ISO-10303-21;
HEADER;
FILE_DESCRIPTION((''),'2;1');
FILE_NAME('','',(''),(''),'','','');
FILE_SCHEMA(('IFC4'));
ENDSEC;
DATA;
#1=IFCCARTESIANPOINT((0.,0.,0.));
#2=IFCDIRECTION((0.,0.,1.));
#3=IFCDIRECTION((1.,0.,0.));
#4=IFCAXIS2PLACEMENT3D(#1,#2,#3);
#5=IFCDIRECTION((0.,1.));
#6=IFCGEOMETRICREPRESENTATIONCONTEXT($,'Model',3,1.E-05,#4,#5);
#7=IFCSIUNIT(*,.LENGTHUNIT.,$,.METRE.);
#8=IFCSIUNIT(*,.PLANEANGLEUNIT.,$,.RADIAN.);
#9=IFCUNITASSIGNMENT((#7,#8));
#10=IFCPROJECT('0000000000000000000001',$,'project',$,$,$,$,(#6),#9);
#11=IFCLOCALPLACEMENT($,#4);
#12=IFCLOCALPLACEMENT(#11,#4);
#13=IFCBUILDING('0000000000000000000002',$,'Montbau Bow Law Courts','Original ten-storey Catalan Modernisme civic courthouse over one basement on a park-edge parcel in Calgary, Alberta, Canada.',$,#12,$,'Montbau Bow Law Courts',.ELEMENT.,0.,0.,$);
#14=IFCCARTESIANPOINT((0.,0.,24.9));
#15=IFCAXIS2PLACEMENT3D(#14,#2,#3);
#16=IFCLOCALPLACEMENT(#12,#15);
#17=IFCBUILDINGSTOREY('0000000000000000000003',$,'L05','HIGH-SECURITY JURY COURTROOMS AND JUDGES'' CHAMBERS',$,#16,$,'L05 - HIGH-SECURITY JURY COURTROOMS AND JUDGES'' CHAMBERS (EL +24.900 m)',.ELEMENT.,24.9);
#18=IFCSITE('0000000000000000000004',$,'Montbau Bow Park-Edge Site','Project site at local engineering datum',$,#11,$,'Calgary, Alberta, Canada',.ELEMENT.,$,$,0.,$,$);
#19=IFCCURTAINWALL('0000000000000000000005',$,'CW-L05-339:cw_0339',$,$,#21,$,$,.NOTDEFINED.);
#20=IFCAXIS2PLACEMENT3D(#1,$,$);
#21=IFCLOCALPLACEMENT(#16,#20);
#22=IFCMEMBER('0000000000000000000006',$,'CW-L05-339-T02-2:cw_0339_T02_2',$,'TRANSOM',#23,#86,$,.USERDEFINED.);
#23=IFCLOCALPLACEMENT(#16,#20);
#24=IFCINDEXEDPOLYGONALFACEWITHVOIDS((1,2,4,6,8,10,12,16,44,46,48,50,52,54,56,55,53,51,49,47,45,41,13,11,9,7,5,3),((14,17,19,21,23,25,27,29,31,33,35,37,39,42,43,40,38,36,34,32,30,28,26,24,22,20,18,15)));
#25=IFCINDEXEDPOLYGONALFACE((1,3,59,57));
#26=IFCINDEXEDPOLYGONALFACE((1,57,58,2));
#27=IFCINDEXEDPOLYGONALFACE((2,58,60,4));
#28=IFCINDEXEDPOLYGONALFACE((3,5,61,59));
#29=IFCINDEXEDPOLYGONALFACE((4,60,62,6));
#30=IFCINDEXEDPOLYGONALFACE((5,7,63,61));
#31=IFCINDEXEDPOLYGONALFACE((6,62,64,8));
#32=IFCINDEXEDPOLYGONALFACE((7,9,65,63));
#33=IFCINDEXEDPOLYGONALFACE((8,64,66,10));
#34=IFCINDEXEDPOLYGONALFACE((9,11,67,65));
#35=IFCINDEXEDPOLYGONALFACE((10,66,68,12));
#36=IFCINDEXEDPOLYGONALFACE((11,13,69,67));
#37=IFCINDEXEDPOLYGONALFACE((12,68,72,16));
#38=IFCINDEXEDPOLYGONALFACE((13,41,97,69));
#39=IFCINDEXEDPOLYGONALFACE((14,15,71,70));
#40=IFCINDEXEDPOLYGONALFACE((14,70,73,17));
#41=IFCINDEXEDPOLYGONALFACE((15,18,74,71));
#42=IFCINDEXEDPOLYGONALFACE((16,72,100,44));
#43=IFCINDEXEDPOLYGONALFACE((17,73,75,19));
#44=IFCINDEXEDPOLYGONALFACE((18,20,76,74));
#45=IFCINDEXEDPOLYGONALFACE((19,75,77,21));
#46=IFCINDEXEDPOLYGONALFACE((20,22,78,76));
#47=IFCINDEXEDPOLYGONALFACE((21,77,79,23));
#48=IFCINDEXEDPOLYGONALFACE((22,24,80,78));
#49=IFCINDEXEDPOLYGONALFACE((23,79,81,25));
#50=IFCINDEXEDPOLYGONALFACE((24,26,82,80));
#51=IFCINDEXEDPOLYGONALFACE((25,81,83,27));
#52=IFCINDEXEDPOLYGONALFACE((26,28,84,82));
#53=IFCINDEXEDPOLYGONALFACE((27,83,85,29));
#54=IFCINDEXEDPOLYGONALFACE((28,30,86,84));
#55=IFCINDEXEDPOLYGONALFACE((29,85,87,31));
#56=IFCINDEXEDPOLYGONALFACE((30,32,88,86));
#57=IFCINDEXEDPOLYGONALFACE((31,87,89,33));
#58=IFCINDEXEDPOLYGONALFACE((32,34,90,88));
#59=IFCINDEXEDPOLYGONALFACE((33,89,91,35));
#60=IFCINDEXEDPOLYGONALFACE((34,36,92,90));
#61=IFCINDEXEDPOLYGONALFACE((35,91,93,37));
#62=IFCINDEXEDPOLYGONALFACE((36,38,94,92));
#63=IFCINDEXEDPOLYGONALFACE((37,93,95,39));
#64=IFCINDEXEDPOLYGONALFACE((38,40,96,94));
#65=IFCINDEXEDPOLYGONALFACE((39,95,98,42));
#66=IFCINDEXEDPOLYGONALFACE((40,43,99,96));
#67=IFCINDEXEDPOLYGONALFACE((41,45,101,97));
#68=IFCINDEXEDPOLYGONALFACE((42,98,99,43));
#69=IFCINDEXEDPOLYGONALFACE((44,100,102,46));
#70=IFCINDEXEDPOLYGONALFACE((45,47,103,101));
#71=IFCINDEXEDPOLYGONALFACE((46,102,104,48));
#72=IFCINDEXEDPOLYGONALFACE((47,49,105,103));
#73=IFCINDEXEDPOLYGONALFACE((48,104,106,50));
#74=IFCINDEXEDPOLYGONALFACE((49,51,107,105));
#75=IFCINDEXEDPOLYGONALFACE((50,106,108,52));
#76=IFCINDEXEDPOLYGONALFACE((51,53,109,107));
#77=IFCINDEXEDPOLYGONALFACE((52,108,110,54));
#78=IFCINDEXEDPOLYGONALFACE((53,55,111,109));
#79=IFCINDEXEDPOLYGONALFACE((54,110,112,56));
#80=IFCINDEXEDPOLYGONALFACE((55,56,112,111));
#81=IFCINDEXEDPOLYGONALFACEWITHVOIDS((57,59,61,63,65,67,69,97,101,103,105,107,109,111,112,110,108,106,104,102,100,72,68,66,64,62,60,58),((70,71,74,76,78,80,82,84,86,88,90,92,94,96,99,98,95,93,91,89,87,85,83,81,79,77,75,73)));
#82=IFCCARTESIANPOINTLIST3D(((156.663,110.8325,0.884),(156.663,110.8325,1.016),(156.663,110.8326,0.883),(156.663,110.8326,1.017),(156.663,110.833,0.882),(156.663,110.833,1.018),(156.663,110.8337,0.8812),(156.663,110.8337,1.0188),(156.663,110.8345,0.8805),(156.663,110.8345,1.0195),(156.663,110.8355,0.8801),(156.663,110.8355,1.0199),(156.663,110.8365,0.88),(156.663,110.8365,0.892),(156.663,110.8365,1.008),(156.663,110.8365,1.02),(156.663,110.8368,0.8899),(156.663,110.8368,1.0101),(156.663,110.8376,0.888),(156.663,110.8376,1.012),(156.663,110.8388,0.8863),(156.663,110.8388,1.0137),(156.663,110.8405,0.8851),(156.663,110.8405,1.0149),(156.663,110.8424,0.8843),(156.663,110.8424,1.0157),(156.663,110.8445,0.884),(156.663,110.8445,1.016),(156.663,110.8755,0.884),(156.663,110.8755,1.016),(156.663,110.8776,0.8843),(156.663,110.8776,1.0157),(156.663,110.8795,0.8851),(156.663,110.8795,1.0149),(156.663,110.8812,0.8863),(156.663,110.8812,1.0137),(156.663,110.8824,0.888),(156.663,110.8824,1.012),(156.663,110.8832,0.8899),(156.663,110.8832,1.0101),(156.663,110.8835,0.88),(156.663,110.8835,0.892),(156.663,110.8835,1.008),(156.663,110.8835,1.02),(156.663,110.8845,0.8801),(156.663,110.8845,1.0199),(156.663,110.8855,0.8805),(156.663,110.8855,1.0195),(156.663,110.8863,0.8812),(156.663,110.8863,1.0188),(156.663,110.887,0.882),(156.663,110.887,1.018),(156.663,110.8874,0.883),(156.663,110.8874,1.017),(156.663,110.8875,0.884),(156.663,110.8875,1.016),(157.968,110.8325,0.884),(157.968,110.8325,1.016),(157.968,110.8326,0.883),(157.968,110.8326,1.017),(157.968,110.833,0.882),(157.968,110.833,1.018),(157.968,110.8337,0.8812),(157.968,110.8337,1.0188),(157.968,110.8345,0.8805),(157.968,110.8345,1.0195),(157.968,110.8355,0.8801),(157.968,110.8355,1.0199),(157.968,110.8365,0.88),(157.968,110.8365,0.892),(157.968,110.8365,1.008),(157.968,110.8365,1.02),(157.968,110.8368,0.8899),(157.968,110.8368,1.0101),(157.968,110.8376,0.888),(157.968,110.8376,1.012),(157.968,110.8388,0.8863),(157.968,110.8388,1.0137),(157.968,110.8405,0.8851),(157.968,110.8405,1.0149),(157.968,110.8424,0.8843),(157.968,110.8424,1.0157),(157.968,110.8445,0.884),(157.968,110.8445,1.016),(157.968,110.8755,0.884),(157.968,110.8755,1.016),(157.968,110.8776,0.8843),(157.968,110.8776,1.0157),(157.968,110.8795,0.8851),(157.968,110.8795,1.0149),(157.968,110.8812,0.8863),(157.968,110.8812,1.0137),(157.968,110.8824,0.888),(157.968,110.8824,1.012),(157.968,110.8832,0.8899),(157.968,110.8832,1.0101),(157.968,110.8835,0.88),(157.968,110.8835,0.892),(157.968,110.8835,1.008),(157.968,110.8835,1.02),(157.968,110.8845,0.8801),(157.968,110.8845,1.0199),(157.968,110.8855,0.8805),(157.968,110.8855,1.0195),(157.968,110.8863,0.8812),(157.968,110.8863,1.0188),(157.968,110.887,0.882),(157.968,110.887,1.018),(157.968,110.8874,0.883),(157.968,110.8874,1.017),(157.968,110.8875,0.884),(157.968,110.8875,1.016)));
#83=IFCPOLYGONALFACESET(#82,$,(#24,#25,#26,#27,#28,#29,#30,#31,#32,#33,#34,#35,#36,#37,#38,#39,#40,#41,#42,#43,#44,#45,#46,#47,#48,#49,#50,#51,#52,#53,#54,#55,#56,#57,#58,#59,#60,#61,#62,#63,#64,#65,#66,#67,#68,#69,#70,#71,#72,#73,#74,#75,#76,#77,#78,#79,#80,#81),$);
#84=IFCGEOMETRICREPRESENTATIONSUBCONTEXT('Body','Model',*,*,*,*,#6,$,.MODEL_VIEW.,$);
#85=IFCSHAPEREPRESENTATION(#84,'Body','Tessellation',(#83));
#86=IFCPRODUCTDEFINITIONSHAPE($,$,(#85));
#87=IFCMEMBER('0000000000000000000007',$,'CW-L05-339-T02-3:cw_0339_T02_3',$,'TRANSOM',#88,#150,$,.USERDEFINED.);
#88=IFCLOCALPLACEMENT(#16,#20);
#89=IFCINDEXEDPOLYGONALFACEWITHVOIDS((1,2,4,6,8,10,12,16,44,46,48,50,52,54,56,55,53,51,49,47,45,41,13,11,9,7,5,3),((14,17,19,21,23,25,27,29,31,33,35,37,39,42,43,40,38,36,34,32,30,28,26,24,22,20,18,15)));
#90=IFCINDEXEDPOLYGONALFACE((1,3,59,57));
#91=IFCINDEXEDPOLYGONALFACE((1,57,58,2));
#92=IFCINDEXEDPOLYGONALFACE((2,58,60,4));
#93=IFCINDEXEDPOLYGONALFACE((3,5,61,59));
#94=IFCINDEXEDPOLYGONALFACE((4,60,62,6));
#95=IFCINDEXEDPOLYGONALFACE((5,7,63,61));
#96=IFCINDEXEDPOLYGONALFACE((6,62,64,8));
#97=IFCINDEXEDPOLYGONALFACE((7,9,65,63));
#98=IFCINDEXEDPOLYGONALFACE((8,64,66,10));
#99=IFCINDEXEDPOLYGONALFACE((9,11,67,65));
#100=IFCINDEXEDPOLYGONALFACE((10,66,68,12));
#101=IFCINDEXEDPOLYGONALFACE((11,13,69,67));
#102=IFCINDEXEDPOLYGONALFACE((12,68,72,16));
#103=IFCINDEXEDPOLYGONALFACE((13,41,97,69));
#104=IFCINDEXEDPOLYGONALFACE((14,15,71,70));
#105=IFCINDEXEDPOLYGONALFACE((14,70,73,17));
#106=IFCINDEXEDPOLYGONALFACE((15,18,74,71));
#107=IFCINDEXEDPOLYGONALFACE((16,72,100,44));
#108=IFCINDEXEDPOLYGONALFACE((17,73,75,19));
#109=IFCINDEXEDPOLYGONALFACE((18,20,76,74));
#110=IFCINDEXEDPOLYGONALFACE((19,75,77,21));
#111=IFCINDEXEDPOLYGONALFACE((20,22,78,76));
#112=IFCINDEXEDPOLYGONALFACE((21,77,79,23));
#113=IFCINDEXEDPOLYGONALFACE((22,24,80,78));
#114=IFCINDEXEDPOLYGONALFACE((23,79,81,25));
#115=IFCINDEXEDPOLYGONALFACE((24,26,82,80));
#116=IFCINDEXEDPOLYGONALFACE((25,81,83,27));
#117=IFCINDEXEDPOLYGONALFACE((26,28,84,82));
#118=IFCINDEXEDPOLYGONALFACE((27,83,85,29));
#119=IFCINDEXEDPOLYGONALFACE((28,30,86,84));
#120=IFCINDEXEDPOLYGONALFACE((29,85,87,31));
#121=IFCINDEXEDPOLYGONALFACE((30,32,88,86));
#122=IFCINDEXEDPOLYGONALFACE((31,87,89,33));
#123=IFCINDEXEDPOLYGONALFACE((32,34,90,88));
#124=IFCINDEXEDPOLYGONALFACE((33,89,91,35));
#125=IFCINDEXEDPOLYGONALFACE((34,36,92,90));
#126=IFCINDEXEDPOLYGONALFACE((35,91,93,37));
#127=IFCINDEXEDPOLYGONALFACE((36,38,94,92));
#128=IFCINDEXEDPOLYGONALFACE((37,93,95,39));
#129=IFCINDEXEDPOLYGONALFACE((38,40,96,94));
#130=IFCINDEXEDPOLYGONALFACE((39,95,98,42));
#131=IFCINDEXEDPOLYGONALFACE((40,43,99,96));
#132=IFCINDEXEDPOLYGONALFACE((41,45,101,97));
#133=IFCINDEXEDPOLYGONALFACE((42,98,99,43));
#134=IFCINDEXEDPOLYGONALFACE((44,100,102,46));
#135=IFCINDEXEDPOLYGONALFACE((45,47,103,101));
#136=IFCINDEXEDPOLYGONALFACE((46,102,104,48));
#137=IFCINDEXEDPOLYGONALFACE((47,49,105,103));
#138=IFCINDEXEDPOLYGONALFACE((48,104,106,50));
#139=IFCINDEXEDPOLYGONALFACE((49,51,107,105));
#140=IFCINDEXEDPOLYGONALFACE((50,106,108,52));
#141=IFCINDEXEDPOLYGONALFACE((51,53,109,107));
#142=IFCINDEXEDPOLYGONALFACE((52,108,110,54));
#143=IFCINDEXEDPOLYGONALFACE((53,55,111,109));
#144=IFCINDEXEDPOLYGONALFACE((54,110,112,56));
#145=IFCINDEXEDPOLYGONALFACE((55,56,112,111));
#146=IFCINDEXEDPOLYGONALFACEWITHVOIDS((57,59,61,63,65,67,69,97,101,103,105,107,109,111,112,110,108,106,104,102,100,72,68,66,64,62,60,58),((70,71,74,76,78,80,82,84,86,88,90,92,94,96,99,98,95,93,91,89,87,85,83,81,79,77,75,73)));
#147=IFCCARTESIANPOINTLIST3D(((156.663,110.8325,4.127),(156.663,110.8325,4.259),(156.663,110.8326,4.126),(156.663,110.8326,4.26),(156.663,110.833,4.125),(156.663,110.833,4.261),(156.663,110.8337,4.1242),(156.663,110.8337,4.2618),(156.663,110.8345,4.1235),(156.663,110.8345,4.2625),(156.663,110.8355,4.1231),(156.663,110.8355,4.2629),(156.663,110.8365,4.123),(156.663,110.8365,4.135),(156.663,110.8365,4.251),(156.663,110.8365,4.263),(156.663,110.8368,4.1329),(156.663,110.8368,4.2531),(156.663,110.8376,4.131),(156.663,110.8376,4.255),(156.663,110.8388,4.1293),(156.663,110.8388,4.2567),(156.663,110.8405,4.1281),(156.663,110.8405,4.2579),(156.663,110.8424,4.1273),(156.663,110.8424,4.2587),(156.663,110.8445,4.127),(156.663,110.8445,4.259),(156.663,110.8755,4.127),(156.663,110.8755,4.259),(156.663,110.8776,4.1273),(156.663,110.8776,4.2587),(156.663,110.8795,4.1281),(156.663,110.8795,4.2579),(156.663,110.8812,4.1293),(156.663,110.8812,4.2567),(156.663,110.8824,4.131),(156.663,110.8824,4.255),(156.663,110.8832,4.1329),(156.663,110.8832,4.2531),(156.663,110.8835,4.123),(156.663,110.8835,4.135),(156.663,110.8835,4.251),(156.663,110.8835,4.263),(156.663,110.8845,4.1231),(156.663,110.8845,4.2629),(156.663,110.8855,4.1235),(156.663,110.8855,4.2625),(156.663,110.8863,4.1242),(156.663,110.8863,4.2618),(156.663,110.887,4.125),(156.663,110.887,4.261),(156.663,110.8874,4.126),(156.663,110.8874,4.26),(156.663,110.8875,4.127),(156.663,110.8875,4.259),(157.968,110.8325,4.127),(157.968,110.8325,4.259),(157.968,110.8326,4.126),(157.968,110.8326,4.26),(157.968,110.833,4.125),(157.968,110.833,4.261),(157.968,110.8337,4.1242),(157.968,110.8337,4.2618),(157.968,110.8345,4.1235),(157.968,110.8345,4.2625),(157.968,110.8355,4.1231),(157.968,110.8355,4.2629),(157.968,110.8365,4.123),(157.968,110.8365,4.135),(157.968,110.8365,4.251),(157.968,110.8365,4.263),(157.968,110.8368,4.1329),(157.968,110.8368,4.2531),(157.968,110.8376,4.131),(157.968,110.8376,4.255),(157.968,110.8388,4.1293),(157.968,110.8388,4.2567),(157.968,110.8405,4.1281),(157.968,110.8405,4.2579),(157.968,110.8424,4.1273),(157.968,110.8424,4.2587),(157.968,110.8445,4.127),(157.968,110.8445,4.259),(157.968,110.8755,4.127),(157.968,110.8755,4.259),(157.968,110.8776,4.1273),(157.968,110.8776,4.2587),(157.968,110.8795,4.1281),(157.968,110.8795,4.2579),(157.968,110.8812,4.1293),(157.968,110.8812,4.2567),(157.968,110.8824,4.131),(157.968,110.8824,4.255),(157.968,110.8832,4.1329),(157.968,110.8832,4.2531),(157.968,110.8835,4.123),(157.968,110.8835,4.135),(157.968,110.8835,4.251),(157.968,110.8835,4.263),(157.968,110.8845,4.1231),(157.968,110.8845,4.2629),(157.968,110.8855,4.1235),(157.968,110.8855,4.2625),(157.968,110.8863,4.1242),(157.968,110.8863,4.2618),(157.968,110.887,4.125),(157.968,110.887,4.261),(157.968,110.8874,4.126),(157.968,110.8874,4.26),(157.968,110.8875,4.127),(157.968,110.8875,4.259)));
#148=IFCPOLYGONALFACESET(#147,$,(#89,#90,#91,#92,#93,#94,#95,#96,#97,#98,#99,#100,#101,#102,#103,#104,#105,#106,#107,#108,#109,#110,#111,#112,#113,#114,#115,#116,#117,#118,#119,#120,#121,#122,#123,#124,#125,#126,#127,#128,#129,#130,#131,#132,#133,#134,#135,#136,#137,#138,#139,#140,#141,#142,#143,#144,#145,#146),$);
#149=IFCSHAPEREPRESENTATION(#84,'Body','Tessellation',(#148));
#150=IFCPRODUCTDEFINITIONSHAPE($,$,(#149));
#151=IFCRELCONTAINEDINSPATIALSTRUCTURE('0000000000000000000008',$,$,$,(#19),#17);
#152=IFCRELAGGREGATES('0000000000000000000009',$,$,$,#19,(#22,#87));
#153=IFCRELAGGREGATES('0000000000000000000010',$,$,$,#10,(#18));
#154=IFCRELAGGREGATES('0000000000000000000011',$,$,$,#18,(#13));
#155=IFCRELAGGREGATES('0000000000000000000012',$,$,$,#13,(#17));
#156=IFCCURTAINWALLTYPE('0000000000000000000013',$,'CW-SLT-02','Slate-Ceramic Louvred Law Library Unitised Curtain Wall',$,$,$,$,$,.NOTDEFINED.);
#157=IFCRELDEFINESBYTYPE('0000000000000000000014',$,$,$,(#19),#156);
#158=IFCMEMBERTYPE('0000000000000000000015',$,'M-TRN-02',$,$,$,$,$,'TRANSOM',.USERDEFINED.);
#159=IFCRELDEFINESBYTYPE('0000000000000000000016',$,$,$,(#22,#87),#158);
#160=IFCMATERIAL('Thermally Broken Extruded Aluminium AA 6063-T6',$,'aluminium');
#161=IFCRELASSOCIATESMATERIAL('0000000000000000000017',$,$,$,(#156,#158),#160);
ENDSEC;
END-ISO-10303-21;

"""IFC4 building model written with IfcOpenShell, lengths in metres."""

from ifc_helpers import new_model, si_unit, direction, frame, origin_with_axes, origin_2d_with_axis, place, context, subcontext, project, spatial, hollow_rectangle, extrude, material, material_profile, profile_set, type_object, element, aggregate, save


model = new_model("IFC4")

# Units and contexts
model_context = context("Model", 3, precision=1e-05, world=origin_with_axes(), true_north=direction((0.0, 1.0)))
body_context = subcontext(model_context, "Body", "Model", "MODEL_VIEW")
ifc_project = project(units=[si_unit("LENGTHUNIT", "METRE"), si_unit("PLANEANGLEUNIT", "RADIAN")], contexts=[model_context])

# Site, building, storey
site_placement = place(None, origin_with_axes())
site = spatial("IfcSite", under=ifc_project, at=site_placement, Name="Montbau Bow Park-Edge Site", Description="Project site at local engineering datum", LongName="Calgary, Alberta, Canada", CompositionType="ELEMENT", RefElevation=0.0)
building_placement = place(site_placement, origin_with_axes())
building = spatial("IfcBuilding", under=site, at=building_placement, Name="Montbau Bow Law Courts", Description="Original ten-storey Catalan Modernisme civic courthouse over one basement on a park-edge parcel in Calgary, Alberta, Canada.", LongName="Montbau Bow Law Courts", CompositionType="ELEMENT", ElevationOfRefHeight=0.0, ElevationOfTerrain=0.0)
storey_placement = place(building_placement, frame((0.0, 0.0, 24.9), z_axis=(0.0, 0.0, 1.0), x_axis=(1.0, 0.0, 0.0)))
storey = spatial("IfcBuildingStorey", under=building, at=storey_placement, Name="L05", Description="HIGH-SECURITY JURY COURTROOMS AND JUDGES' CHAMBERS", LongName="L05 - HIGH-SECURITY JURY COURTROOMS AND JUDGES' CHAMBERS (EL +24.900 m)", CompositionType="ELEMENT", Elevation=24.9)

# Curtain wall, members
ifc_material_1 = material(Name="Thermally Broken Extruded Aluminium AA 6063-T6", Category="aluminium")
curtain_wall_type = type_object("IfcCurtainWallType", Name="CW-SLT-02", Description="Slate-Ceramic Louvred Law Library Unitised Curtain Wall", PredefinedType="NOTDEFINED", material=ifc_material_1)
curtain_wall_placement = place(None, frame((155.24, 110.86, 24.9), z_axis=(0.0, 0.0, 1.0), x_axis=(1.0, 0.0, 0.0)))
curtain_wall = element("IfcCurtainWall", 1, at=curtain_wall_placement, inside=storey, type_object=curtain_wall_type, Name="CW-L05-339:cw_0339", PredefinedType="NOTDEFINED")
ifc_material_profile_1 = material_profile(ifc_material_1, hollow_rectangle(XDim=0.055, YDim=0.14, WallThickness=0.004, InnerFilletRadius=0.008, OuterFilletRadius=0.004, at=origin_2d_with_axis()), Name="CWT-140X55", Category="Main", Priority=0)
ifc_profile_set_1 = profile_set([ifc_material_profile_1], Name="Thermally Broken Extruded Aluminium AA 6063-T6")
member_type_1 = type_object("IfcMemberType", Name="M-TRN-02", ElementType="TRANSOM", PredefinedType="USERDEFINED", material=ifc_profile_set_1)
member_1_placement = place(None, frame((156.663, 110.86, 25.85), z_axis=(1.0, 0.0, 0.0), x_axis=(0.0, 1.0, 0.0)))
member_1 = element("IfcMember", 2, at=member_1_placement, type_object=member_type_1, Name="CW-L05-339-T02-2:cw_0339_T02_2", ObjectType="TRANSOM", PredefinedType="USERDEFINED", context=body_context, shape_type="SweptSolid", body=[
    extrude(hollow_rectangle(XDim=0.055, YDim=0.14, WallThickness=0.004, InnerFilletRadius=0.008, OuterFilletRadius=0.004, at=origin_2d_with_axis()), origin_with_axes(), (0.0, 0.0, 1.0), 1.305),
])
member_2_placement = place(None, frame((156.663, 110.86, 29.093), z_axis=(1.0, 0.0, 0.0), x_axis=(0.0, 1.0, 0.0)))
member_2 = element("IfcMember", 3, at=member_2_placement, type_object=member_type_1, Name="CW-L05-339-T02-3:cw_0339_T02_3", ObjectType="TRANSOM", PredefinedType="USERDEFINED", context=body_context, shape_type="SweptSolid", body=[
    extrude(hollow_rectangle(XDim=0.055, YDim=0.14, WallThickness=0.004, InnerFilletRadius=0.008, OuterFilletRadius=0.004, at=origin_2d_with_axis()), origin_with_axes(), (0.0, 0.0, 1.0), 1.305),
])
aggregate(curtain_wall, [member_1, member_2])

save(model, "model.ifc")
